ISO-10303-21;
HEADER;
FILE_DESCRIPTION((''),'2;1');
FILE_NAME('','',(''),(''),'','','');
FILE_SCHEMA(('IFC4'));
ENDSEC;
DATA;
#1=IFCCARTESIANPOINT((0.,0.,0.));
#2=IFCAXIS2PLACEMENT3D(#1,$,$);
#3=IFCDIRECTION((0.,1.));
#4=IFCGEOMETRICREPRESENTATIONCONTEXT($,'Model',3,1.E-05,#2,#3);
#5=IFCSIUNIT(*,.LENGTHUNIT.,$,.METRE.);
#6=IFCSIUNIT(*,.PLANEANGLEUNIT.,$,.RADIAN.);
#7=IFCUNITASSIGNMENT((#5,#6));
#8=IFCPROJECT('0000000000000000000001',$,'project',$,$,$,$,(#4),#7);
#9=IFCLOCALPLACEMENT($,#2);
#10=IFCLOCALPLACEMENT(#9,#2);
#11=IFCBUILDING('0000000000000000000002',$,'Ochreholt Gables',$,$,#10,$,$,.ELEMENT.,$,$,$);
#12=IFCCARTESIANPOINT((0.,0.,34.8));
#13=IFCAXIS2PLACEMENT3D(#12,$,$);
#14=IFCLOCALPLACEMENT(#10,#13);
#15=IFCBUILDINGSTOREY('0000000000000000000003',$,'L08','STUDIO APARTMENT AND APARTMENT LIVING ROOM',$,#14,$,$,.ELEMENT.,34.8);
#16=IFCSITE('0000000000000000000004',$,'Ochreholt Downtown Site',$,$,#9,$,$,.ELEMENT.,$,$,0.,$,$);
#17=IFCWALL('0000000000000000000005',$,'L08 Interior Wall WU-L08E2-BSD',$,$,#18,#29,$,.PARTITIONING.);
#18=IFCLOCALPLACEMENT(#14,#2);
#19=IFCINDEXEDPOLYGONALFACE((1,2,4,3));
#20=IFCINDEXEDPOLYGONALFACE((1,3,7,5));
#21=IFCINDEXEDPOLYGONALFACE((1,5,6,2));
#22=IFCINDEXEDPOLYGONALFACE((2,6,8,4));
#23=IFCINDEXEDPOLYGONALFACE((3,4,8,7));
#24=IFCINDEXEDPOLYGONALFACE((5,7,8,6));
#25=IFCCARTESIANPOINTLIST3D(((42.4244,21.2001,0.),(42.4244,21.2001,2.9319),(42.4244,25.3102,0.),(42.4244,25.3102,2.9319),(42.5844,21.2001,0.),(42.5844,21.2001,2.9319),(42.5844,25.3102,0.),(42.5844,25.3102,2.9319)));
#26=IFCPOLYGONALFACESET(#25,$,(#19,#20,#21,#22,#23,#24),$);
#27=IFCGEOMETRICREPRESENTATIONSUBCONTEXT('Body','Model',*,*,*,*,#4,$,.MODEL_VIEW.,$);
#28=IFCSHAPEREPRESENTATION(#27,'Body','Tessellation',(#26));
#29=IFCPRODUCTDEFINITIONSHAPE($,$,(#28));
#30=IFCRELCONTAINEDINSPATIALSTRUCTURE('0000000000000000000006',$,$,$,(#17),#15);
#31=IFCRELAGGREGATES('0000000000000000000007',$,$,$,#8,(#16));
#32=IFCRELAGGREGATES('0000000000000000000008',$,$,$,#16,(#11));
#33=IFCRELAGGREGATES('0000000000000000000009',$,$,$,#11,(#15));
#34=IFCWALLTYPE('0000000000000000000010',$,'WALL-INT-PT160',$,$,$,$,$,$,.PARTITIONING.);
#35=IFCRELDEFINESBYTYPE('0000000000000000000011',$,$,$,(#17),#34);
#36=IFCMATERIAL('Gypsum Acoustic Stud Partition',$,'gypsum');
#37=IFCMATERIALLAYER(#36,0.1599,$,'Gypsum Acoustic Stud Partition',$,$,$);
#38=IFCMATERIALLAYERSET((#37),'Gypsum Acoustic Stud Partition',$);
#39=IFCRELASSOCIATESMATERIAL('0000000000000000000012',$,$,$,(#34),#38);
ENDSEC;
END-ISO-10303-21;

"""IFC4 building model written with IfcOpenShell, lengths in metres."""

from ifc_helpers import new_model, si_unit, direction, frame, frame_2d, origin, place, context, subcontext, project, spatial, rectangle, extrude, material, layer, layer_set, type_object, element, save


model = new_model("IFC4")

# Units and contexts
model_context = context("Model", 3, precision=1e-05, world=origin(), true_north=direction((0.0, 1.0)))
body_context = subcontext(model_context, "Body", "Model", "MODEL_VIEW")
ifc_project = project(units=[si_unit("LENGTHUNIT", "METRE"), si_unit("PLANEANGLEUNIT", "RADIAN")], contexts=[model_context])

# Site, building, storey
site_placement = place(None, origin())
site = spatial("IfcSite", under=ifc_project, at=site_placement, Name="Ochreholt Downtown Site", CompositionType="ELEMENT", RefElevation=0.0)
building_placement = place(site_placement, origin())
building = spatial("IfcBuilding", under=site, at=building_placement, Name="Ochreholt Gables", CompositionType="ELEMENT")
storey_placement = place(building_placement, frame((0.0, 0.0, 34.8)))
storey = spatial("IfcBuildingStorey", under=building, at=storey_placement, Name="L08", Description="STUDIO APARTMENT AND APARTMENT LIVING ROOM", CompositionType="ELEMENT", Elevation=34.8)

# Shared definitions
ifc_material_1 = material(Name="Gypsum Acoustic Stud Partition", Category="gypsum")
ifc_layer_1 = layer(ifc_material_1, 0.1599, Name="Gypsum Acoustic Stud Partition")
ifc_layer_set_1 = layer_set([ifc_layer_1], Name="Gypsum Acoustic Stud Partition")
wall_type_1 = type_object("IfcWallType", Name="WALL-INT-PT160", PredefinedType="PARTITIONING", material=ifc_layer_set_1)

# Wall
wall_1_placement = place(storey_placement, frame((42.5044, 21.2, 0.0), z_axis=(0.0, 0.0, 1.0), x_axis=(0.0, 1.0, 0.0)))
element("IfcWall", 1, at=wall_1_placement, inside=storey, type_object=wall_type_1, Name="L08 Interior Wall WU-L08E2-BSD", PredefinedType="PARTITIONING", context=body_context, shape_type="SweptSolid", body=[
    extrude(rectangle(XDim=4.1101, YDim=0.1599, at=frame_2d((2.0552, 0.0))), origin(), (0.0, 0.0, 1.0), 2.9319),
])

save(model, "model.ifc")
